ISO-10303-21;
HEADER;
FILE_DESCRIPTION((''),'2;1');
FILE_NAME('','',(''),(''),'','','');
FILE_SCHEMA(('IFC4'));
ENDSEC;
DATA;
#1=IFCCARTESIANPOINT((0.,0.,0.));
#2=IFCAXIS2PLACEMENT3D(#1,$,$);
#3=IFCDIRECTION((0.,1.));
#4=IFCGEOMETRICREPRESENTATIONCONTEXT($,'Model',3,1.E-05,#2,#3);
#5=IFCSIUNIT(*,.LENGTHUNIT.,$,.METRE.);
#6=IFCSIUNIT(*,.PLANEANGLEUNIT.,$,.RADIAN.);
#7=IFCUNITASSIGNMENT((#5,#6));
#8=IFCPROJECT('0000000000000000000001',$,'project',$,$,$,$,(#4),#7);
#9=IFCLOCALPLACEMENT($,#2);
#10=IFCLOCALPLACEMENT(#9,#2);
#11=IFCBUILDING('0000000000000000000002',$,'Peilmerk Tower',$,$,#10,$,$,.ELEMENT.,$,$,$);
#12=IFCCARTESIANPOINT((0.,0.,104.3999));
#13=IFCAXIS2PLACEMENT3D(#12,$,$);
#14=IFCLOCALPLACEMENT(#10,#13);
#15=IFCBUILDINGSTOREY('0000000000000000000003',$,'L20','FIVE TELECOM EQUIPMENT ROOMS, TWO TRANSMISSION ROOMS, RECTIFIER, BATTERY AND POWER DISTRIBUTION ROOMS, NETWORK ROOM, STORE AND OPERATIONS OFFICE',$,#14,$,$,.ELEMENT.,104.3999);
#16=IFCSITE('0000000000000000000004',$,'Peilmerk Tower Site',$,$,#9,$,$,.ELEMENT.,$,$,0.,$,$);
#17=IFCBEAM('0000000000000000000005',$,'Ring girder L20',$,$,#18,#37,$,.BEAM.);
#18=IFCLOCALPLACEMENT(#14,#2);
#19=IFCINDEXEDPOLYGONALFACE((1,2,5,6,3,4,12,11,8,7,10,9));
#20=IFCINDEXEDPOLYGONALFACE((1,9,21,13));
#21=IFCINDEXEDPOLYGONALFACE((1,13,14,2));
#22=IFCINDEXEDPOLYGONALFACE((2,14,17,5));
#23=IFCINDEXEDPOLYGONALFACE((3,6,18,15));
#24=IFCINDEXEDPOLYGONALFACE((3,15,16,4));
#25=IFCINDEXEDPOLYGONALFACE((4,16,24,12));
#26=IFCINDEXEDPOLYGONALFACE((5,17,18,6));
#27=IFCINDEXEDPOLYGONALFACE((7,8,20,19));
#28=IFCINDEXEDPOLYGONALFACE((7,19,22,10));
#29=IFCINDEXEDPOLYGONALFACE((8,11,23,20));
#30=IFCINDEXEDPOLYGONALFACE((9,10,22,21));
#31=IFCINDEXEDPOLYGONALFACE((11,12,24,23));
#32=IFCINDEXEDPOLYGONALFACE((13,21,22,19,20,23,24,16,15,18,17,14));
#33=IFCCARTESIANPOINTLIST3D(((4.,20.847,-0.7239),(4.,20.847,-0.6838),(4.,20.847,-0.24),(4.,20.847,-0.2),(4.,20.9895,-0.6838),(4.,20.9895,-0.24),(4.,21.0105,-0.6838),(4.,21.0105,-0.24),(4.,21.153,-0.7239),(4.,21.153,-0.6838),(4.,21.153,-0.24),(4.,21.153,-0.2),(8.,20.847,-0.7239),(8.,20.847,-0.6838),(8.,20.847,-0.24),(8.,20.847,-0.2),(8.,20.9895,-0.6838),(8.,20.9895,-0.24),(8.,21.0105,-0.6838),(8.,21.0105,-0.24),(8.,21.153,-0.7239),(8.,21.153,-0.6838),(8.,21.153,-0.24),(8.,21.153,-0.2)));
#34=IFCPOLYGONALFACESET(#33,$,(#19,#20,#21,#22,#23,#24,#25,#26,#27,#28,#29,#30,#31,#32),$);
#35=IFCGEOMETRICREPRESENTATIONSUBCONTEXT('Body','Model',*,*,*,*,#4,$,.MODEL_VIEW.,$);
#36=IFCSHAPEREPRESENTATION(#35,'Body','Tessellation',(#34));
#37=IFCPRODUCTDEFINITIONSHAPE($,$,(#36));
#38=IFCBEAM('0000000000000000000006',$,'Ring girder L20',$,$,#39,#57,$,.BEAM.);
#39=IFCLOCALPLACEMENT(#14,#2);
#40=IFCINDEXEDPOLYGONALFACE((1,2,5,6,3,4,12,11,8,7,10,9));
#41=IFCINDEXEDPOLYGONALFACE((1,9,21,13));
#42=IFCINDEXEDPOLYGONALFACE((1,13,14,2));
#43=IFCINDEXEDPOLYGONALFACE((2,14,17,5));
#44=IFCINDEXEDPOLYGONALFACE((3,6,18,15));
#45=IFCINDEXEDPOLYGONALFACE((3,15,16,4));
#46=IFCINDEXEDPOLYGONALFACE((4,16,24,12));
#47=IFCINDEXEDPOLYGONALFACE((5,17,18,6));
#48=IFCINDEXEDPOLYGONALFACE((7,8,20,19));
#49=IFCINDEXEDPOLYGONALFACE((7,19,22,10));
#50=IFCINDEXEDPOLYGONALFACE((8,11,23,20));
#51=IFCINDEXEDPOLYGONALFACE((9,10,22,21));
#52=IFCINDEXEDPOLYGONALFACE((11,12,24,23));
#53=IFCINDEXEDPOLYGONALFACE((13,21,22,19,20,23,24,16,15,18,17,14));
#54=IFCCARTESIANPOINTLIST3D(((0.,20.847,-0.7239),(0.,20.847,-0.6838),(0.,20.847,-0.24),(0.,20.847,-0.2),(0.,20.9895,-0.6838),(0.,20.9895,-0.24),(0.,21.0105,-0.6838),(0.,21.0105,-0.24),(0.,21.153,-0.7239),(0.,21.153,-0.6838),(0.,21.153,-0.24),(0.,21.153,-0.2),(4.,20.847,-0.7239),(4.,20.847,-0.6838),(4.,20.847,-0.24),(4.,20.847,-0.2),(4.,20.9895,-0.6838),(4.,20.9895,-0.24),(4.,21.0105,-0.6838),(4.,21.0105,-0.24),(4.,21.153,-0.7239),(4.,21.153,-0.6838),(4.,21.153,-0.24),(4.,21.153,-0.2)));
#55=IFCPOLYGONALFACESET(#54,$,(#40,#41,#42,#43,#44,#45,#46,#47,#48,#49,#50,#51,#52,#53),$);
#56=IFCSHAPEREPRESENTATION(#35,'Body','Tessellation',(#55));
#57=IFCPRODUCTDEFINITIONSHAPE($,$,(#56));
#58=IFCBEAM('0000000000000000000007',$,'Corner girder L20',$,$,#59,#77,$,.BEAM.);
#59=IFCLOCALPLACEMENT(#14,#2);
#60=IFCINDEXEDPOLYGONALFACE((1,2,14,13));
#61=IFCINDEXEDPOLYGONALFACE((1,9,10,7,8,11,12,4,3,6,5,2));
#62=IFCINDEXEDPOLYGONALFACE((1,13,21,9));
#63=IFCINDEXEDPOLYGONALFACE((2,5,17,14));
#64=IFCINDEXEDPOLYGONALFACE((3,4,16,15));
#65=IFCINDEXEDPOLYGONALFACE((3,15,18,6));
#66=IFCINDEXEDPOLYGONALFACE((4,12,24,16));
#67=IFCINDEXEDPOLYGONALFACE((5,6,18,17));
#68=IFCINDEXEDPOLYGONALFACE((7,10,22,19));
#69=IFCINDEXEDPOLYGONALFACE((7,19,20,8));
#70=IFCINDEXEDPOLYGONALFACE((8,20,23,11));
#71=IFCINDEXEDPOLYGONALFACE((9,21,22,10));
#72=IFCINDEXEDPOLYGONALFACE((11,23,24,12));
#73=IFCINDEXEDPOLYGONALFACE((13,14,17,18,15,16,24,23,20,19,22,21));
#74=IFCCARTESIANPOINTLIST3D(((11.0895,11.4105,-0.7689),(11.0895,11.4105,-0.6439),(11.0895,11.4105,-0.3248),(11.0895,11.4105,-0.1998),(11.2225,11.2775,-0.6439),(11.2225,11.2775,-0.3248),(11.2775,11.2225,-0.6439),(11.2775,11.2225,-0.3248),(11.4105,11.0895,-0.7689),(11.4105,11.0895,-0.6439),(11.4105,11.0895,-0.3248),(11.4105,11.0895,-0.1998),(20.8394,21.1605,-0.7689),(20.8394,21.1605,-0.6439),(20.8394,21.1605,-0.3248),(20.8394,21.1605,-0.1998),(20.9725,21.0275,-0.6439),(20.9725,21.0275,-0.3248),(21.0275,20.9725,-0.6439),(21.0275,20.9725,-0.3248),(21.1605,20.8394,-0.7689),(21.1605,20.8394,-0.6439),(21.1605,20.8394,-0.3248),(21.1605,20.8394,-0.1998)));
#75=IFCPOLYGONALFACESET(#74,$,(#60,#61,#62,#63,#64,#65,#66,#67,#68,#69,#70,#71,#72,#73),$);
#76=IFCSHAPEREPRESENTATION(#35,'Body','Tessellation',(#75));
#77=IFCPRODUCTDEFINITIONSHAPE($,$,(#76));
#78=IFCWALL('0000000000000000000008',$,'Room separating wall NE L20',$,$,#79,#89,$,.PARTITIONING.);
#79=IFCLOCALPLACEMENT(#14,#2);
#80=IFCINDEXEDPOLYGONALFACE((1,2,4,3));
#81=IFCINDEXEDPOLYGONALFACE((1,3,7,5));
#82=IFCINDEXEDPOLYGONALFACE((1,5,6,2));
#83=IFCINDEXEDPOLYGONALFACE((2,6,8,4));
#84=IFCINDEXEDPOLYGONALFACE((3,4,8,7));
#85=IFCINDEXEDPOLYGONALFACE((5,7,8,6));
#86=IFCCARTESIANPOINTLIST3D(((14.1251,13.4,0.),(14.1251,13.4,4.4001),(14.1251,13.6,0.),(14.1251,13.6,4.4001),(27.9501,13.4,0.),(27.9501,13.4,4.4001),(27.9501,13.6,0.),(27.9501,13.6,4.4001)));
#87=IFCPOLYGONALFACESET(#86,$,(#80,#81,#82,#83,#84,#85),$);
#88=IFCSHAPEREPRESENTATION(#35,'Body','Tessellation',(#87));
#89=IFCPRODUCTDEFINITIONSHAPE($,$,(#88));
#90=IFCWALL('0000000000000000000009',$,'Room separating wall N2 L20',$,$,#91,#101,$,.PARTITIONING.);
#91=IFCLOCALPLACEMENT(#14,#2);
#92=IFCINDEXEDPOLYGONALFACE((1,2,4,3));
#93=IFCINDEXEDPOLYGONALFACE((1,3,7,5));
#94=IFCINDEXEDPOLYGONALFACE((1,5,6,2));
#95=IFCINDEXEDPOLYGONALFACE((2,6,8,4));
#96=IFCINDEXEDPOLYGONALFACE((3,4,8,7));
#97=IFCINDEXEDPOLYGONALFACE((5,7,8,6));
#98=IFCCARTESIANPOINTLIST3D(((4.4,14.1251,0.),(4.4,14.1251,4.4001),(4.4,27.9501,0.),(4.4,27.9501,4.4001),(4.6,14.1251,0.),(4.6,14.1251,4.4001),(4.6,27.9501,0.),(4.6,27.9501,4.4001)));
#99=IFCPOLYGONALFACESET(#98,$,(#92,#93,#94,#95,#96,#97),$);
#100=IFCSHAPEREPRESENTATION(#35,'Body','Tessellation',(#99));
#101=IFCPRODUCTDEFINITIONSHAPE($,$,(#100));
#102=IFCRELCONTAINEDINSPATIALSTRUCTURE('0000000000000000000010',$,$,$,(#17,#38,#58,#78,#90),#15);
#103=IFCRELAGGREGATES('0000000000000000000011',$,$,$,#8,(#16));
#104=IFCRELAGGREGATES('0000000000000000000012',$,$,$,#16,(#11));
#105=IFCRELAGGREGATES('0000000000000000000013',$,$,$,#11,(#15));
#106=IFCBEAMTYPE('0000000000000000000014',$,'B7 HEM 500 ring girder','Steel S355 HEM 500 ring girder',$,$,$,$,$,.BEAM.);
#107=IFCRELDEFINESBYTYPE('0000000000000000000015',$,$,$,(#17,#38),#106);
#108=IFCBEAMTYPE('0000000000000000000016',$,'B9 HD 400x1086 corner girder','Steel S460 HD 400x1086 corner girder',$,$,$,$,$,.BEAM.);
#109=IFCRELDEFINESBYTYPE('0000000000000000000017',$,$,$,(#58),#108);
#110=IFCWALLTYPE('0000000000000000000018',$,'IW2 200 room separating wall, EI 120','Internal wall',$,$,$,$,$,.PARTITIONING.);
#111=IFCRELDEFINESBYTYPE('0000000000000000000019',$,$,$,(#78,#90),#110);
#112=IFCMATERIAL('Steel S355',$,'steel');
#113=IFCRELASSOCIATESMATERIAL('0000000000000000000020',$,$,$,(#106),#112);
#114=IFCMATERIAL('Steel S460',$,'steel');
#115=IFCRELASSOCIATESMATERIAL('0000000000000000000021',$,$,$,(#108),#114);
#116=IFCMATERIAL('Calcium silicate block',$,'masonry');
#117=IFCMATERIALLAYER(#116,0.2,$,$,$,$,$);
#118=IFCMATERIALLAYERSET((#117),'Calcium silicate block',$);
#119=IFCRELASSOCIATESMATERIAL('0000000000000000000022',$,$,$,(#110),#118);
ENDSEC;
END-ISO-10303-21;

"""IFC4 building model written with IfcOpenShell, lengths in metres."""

from ifc_helpers import new_model, si_unit, direction, frame, frame_2d, origin, origin_2d, place, context, subcontext, project, spatial, rectangle, i_section, extrude, material, layer, layer_set, material_profile, profile_set, type_object, element, save


model = new_model("IFC4")

# Units and contexts
model_context = context("Model", 3, precision=1e-05, world=origin(), true_north=direction((0.0, 1.0)))
body_context = subcontext(model_context, "Body", "Model", "MODEL_VIEW")
ifc_project = project(units=[si_unit("LENGTHUNIT", "METRE"), si_unit("PLANEANGLEUNIT", "RADIAN")], contexts=[model_context])

# Site, building, storey
site_placement = place(None, origin())
site = spatial("IfcSite", under=ifc_project, at=site_placement, Name="Peilmerk Tower Site", CompositionType="ELEMENT", RefElevation=0.0)
building_placement = place(site_placement, origin())
building = spatial("IfcBuilding", under=site, at=building_placement, Name="Peilmerk Tower", CompositionType="ELEMENT")
storey_placement = place(building_placement, frame((0.0, 0.0, 104.3999)))
storey = spatial("IfcBuildingStorey", under=building, at=storey_placement, Name="L20", Description="FIVE TELECOM EQUIPMENT ROOMS, TWO TRANSMISSION ROOMS, RECTIFIER, BATTERY AND POWER DISTRIBUTION ROOMS, NETWORK ROOM, STORE AND OPERATIONS OFFICE", CompositionType="ELEMENT", Elevation=104.3999)

# Shared definitions
ifc_material_1 = material(Name="Steel S460", Category="steel")

# Beams
ifc_material_2 = material(Name="Steel S355", Category="steel")
ifc_material_profile_1 = material_profile(ifc_material_2, i_section(OverallWidth=0.3059, OverallDepth=0.5239, WebThickness=0.021, FlangeThickness=0.04, at=origin_2d()), Name="HEM 500")
ifc_profile_set_1 = profile_set([ifc_material_profile_1], Name="Steel S355")
beam_type_1 = type_object("IfcBeamType", Name="B7 HEM 500 ring girder", Description="Steel S355 HEM 500 ring girder", PredefinedType="BEAM", material=ifc_profile_set_1)
for number, where, z_axis, x_axis, name in (
    (1, (8.0, 21.0, -0.4619), (-1.0, 0.0, 0.0), (0.0, -1.0, 0.0), "Ring girder L20"),
    (2, (4.0, 21.0, -0.4619), (-1.0, 0.0, 0.0), (0.0, -1.0, 0.0), "Ring girder L20"),
):
    element("IfcBeam", number, at=place(storey_placement, frame(where, z_axis=z_axis, x_axis=x_axis)), inside=storey, type_object=beam_type_1, Name=name, PredefinedType="BEAM", context=body_context, shape_type="SweptSolid", body=[
        extrude(i_section(OverallWidth=0.3059, OverallDepth=0.5239, WebThickness=0.021, FlangeThickness=0.04, at=origin_2d()), origin(), (0.0, 0.0, 1.0), 4.0),
    ])
ifc_material_profile_2 = material_profile(ifc_material_1, i_section(OverallWidth=0.4541, OverallDepth=0.5691, WebThickness=0.0779, FlangeThickness=0.125, at=origin_2d()), Name="HD 400x1086")
ifc_profile_set_2 = profile_set([ifc_material_profile_2], Name="Steel S460")
beam_type_2 = type_object("IfcBeamType", Name="B9 HD 400x1086 corner girder", Description="Steel S460 HD 400x1086 corner girder", PredefinedType="BEAM", material=ifc_profile_set_2)
beam_1_placement = place(storey_placement, frame((11.25, 11.25, -0.4844), z_axis=(0.707107, 0.707107, 0.0), x_axis=(-0.707107, 0.707107, 0.0)))
element("IfcBeam", 3, at=beam_1_placement, inside=storey, type_object=beam_type_2, Name="Corner girder L20", PredefinedType="BEAM", context=body_context, shape_type="SweptSolid", body=[
    extrude(i_section(OverallWidth=0.4541, OverallDepth=0.5691, WebThickness=0.0779, FlangeThickness=0.125, at=origin_2d()), origin(), (0.0, 0.0, 1.0), 13.7886),
])

# Walls
ifc_material_3 = material(Name="Calcium silicate block", Category="masonry")
ifc_layer = layer(ifc_material_3, 0.2)
ifc_layer_set = layer_set([ifc_layer], Name="Calcium silicate block")
wall_type = type_object("IfcWallType", Name="IW2 200 room separating wall, EI 120", Description="Internal wall", PredefinedType="PARTITIONING", material=ifc_layer_set)
for number, where, z_axis, x_axis, name in (
    (4, (14.125, 13.5, 0.0), (0.0, 0.0, 1.0), (1.0, 0.0, 0.0), "Room separating wall NE L20"),
    (5, (4.5, 14.125, 0.0), (0.0, 0.0, 1.0), (0.0, 1.0, 0.0), "Room separating wall N2 L20"),
):
    element("IfcWall", number, at=place(storey_placement, frame(where, z_axis=z_axis, x_axis=x_axis)), inside=storey, type_object=wall_type, Name=name, PredefinedType="PARTITIONING", context=body_context, shape_type="SweptSolid", body=[
        extrude(rectangle(XDim=13.825, YDim=0.2, at=frame_2d((6.9126, 0.0))), origin(), (0.0, 0.0, 1.0), 4.4001),
    ])

save(model, "model.ifc")
